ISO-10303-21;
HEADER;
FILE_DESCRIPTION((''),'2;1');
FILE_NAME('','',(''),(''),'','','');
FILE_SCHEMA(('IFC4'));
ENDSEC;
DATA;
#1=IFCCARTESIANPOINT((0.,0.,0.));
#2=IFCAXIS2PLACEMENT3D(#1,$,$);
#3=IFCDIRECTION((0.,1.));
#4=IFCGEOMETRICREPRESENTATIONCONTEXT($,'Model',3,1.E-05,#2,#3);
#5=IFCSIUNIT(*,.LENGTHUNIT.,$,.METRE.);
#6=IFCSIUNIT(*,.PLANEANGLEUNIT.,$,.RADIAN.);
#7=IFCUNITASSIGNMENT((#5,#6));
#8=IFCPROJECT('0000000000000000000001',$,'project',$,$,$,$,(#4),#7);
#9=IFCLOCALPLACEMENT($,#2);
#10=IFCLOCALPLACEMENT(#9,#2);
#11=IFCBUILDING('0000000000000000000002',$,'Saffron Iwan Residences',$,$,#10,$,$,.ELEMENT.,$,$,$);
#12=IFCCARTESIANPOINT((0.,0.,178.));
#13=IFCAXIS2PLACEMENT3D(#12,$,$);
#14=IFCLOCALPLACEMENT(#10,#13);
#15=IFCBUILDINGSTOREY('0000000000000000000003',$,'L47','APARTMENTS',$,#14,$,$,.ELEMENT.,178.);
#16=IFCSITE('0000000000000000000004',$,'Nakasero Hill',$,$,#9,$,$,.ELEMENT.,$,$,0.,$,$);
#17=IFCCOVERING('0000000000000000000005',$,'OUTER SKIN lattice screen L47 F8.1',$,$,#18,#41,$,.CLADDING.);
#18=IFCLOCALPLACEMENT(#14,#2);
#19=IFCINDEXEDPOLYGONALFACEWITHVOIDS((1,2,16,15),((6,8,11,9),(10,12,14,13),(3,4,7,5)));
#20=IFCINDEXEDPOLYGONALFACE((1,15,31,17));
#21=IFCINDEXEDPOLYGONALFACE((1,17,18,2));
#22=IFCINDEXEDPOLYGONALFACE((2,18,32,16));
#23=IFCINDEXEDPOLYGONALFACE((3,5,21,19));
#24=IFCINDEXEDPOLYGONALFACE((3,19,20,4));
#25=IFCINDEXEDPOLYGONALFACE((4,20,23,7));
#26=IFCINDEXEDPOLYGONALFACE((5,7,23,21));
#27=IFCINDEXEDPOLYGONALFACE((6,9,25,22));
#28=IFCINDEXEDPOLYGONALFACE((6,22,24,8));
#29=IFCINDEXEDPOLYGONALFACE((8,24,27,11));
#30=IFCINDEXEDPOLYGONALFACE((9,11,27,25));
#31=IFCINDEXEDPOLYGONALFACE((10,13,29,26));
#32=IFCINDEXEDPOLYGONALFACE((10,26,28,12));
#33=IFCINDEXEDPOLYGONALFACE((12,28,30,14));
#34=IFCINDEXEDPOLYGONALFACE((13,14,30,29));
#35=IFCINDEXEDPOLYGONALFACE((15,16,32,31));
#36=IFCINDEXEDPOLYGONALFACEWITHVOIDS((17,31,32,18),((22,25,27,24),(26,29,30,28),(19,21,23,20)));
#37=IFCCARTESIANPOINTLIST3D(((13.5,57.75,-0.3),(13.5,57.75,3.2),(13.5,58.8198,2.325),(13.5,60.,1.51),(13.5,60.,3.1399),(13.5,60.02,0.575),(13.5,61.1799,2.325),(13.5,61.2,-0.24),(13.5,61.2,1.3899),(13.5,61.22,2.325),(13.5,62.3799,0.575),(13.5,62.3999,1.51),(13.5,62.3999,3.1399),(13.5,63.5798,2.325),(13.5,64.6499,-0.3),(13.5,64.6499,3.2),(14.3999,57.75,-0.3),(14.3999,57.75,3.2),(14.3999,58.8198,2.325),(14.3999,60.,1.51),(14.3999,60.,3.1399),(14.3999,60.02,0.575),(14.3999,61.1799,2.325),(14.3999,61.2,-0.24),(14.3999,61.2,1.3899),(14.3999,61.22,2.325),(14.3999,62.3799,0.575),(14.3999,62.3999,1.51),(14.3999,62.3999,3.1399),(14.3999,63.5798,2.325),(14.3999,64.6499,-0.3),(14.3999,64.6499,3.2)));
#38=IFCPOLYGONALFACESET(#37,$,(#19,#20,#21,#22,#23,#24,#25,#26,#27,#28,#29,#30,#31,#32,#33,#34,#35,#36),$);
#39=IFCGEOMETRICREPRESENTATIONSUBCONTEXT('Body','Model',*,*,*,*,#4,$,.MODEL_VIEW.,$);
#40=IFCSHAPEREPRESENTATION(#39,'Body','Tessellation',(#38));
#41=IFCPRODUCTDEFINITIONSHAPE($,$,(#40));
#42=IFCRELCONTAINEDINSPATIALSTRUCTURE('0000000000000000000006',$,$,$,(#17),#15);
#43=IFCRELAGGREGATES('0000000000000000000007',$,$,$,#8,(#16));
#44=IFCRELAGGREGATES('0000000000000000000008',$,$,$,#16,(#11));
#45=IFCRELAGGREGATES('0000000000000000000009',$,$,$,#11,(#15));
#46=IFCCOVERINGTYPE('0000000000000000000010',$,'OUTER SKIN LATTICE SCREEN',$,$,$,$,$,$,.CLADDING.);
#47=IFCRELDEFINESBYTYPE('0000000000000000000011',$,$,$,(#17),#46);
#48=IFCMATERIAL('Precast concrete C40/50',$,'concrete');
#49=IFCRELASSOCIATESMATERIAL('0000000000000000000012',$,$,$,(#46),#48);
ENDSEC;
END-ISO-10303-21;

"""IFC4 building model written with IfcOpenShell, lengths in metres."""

from ifc_helpers import new_model, si_unit, direction, frame, origin, place, context, subcontext, project, spatial, polyline, outline, extrude, material, type_object, element, save


model = new_model("IFC4")

# Units and contexts
model_context = context("Model", 3, precision=1e-05, world=origin(), true_north=direction((0.0, 1.0)))
body_context = subcontext(model_context, "Body", "Model", "MODEL_VIEW")
ifc_project = project(units=[si_unit("LENGTHUNIT", "METRE"), si_unit("PLANEANGLEUNIT", "RADIAN")], contexts=[model_context])

# Site, building, storey
site_placement = place(None, origin())
site = spatial("IfcSite", under=ifc_project, at=site_placement, Name="Nakasero Hill", CompositionType="ELEMENT", RefElevation=0.0)
building_placement = place(site_placement, origin())
building = spatial("IfcBuilding", under=site, at=building_placement, Name="Saffron Iwan Residences", CompositionType="ELEMENT")
storey_placement = place(building_placement, frame((0.0, 0.0, 178.0)))
storey = spatial("IfcBuildingStorey", under=building, at=storey_placement, Name="L47", Description="APARTMENTS", CompositionType="ELEMENT", Elevation=178.0)

# Covering
ifc_material_1 = material(Name="Precast concrete C40/50", Category="concrete")
covering_type = type_object("IfcCoveringType", Name="OUTER SKIN LATTICE SCREEN", PredefinedType="CLADDING", material=ifc_material_1)
covering_placement = place(storey_placement, frame((14.3999, 64.6499, -0.3), z_axis=(-1.0, 0.0, 0.0), x_axis=(0.0, -1.0, 0.0)))
element("IfcCovering", 1, at=covering_placement, inside=storey, type_object=covering_type, Name="OUTER SKIN lattice screen L47 F8.1", PredefinedType="CLADDING", context=body_context, shape_type="SweptSolid", body=[
    extrude(outline(polyline([(0.0, 0.0), (6.8999, 0.0), (6.8999, 3.5), (0.0, 3.5), (0.0, 0.0)]), holes=[polyline([(2.27, 0.875), (3.45, 0.0601), (4.6299, 0.875), (3.45, 1.6899), (2.27, 0.875)]), polyline([(1.0701, 2.625), (2.25, 1.8101), (3.4299, 2.625), (2.25, 3.4399), (1.0701, 2.625)]), polyline([(3.47, 2.625), (4.6499, 1.8101), (5.8301, 2.625), (4.6499, 3.4399), (3.47, 2.625)])]), origin(), (0.0, 0.0, 1.0), 0.8999),
])

save(model, "model.ifc")
